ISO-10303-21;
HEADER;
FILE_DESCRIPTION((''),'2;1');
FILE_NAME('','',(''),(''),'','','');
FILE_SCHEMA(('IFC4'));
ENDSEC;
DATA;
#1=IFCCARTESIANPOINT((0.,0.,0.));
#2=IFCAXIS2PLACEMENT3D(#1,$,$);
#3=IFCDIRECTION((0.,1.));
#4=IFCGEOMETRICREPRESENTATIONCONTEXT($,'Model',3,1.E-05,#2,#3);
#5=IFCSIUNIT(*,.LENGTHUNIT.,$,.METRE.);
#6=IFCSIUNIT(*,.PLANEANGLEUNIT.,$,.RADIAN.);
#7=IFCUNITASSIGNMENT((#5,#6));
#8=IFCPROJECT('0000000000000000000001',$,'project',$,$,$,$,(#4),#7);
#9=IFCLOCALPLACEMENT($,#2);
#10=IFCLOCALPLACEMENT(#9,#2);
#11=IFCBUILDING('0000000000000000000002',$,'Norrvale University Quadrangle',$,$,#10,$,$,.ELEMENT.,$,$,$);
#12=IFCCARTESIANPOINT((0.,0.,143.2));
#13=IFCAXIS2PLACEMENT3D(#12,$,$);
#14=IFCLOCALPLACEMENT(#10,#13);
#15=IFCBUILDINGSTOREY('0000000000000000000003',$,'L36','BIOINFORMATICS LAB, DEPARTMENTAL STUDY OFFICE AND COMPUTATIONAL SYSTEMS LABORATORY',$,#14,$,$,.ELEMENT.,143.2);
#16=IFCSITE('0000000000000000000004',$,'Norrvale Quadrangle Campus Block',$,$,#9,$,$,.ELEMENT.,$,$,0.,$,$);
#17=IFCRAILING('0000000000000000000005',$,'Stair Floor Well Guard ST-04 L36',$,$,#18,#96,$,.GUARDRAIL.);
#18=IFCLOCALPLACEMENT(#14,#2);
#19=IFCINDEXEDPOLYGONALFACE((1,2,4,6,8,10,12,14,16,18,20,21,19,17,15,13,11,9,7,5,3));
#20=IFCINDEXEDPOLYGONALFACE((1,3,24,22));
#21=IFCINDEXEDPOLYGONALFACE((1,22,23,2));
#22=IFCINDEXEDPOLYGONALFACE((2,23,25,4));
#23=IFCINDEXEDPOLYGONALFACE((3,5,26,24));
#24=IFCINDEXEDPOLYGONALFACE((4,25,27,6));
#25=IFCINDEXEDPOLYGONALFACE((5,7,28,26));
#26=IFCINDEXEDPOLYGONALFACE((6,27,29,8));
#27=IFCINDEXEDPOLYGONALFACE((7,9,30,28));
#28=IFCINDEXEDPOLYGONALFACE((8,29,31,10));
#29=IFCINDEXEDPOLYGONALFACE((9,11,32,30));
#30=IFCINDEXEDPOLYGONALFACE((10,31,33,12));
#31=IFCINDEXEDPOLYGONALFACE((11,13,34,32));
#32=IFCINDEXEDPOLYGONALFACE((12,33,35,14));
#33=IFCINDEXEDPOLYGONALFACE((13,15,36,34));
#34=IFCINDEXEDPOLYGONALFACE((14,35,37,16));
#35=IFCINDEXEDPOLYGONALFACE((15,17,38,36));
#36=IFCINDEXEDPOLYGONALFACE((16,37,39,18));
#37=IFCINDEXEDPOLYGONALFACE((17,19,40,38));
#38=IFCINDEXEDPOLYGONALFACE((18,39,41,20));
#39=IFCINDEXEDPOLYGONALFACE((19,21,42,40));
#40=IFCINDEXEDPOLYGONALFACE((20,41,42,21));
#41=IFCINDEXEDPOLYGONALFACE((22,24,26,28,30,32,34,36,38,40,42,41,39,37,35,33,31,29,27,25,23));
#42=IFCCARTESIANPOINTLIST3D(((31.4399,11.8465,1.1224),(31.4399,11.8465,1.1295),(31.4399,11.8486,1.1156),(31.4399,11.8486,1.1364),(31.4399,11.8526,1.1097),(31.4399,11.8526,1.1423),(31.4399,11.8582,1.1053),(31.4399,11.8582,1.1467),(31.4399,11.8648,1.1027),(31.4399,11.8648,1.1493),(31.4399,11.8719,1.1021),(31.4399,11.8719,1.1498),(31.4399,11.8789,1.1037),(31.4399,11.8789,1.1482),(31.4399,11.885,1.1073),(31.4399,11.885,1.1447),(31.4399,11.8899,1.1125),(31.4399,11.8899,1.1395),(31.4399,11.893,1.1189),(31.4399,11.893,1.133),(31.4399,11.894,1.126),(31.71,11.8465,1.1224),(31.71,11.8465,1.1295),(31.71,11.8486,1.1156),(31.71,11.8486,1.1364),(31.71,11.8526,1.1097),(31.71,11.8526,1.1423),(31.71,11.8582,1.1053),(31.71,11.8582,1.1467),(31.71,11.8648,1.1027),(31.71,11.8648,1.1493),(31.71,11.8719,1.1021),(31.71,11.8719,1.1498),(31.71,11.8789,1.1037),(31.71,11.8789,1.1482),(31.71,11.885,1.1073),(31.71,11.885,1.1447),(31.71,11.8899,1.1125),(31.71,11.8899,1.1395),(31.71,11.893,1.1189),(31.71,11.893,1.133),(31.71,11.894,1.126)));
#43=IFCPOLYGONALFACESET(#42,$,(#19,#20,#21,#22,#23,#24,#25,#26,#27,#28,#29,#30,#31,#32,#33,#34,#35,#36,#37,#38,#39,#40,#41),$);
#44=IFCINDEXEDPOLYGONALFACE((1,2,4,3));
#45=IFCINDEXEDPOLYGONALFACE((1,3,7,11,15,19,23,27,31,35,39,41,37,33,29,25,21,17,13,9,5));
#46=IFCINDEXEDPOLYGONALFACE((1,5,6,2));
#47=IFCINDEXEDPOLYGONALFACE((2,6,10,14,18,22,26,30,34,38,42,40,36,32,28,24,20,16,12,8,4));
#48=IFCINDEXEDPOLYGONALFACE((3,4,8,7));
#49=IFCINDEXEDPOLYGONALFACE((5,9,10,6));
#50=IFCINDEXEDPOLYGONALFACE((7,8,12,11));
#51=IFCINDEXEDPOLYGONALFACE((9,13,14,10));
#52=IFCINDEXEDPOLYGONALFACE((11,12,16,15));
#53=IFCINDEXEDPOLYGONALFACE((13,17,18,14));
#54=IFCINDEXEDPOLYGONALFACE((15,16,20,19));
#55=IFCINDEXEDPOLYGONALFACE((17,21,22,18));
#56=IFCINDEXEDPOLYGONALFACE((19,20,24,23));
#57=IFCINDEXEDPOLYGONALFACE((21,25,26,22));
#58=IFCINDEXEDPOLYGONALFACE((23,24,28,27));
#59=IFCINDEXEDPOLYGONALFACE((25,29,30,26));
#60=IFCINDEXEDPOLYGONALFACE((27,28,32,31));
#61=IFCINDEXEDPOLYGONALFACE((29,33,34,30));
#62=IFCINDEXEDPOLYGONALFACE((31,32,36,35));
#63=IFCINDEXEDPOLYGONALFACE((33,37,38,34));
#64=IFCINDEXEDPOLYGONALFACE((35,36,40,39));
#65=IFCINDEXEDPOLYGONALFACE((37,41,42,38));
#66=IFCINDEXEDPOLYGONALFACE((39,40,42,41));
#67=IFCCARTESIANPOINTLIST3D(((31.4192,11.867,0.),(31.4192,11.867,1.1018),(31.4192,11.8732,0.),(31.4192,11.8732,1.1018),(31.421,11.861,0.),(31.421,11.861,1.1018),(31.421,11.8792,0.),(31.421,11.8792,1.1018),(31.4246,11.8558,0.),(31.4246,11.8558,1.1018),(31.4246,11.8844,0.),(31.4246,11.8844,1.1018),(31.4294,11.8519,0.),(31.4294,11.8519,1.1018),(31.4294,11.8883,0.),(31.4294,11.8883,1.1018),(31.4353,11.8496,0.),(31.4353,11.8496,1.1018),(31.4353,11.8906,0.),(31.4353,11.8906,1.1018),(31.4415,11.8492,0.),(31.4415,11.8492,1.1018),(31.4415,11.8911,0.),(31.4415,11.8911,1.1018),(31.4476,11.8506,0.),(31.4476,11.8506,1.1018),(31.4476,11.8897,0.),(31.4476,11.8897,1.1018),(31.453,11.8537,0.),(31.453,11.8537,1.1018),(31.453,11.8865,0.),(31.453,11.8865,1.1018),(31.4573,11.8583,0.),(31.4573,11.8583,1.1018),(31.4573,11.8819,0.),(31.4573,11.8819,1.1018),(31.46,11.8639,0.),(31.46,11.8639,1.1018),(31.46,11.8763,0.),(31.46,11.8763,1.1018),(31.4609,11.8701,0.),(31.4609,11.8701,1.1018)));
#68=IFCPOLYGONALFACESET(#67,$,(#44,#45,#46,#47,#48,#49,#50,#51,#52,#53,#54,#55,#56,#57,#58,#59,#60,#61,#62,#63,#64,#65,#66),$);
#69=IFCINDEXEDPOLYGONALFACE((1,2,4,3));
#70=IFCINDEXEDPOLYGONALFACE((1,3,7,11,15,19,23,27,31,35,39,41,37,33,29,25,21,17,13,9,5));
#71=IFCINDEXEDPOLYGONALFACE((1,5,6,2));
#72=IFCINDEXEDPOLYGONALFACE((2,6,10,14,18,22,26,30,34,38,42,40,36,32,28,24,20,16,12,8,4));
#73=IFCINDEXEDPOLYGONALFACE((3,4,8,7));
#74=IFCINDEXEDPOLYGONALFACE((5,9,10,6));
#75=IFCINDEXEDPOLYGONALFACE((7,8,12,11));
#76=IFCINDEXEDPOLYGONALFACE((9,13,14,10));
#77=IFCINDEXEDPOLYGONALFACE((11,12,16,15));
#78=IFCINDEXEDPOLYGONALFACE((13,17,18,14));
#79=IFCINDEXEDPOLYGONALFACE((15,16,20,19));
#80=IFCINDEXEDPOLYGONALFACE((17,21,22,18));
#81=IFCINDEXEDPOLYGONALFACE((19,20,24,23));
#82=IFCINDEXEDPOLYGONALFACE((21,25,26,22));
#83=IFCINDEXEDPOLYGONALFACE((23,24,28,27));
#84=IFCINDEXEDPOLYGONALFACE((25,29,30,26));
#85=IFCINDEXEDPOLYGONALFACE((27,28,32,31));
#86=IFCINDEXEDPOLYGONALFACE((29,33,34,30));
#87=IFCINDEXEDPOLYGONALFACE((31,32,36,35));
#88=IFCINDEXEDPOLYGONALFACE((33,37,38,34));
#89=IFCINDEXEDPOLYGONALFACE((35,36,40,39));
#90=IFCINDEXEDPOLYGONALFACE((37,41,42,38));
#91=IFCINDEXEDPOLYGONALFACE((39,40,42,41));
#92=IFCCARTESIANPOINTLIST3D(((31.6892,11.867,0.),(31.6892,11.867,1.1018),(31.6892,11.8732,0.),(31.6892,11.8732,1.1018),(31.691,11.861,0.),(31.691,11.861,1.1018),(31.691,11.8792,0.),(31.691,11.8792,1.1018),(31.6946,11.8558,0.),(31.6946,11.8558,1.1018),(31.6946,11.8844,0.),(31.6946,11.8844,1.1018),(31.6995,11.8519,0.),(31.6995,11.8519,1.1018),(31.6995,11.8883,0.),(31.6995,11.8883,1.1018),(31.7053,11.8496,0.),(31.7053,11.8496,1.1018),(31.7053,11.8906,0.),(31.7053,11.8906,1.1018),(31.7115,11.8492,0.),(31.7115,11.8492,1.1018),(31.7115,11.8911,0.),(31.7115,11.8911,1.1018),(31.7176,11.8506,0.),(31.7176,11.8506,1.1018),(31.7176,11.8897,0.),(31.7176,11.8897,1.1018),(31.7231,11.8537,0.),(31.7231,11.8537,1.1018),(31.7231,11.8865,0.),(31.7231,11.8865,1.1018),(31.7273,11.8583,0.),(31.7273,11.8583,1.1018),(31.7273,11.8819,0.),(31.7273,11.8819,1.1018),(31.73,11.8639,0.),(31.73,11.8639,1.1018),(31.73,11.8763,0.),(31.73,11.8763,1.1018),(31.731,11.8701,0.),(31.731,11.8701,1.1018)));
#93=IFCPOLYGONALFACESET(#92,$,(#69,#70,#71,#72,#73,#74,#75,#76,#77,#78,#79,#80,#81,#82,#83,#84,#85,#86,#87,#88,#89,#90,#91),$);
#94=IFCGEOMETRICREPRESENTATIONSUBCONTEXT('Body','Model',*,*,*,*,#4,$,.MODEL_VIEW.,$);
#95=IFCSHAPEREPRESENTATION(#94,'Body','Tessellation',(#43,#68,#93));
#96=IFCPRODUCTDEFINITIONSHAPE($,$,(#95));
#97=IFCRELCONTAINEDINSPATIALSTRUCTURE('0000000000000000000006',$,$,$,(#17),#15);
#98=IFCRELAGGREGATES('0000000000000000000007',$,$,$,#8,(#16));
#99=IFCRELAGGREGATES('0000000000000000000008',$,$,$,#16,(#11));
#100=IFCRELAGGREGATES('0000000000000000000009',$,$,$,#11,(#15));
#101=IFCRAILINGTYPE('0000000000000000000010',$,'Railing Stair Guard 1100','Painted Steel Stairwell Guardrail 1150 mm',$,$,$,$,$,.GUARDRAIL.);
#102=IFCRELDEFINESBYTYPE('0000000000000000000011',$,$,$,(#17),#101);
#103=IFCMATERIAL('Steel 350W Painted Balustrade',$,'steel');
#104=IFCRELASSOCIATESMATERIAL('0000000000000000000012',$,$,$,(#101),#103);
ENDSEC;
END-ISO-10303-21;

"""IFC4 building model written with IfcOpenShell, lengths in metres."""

from ifc_helpers import new_model, si_unit, direction, frame, origin, origin_2d, place, context, subcontext, project, spatial, circle, extrude, material, type_object, element, save


model = new_model("IFC4")

# Units and contexts
model_context = context("Model", 3, precision=1e-05, world=origin(), true_north=direction((0.0, 1.0)))
body_context = subcontext(model_context, "Body", "Model", "MODEL_VIEW")
ifc_project = project(units=[si_unit("LENGTHUNIT", "METRE"), si_unit("PLANEANGLEUNIT", "RADIAN")], contexts=[model_context])

# Site, building, storey
site_placement = place(None, origin())
site = spatial("IfcSite", under=ifc_project, at=site_placement, Name="Norrvale Quadrangle Campus Block", CompositionType="ELEMENT", RefElevation=0.0)
building_placement = place(site_placement, origin())
building = spatial("IfcBuilding", under=site, at=building_placement, Name="Norrvale University Quadrangle", CompositionType="ELEMENT")
storey_placement = place(building_placement, frame((0.0, 0.0, 143.2)))
storey = spatial("IfcBuildingStorey", under=building, at=storey_placement, Name="L36", Description="BIOINFORMATICS LAB, DEPARTMENTAL STUDY OFFICE AND COMPUTATIONAL SYSTEMS LABORATORY", CompositionType="ELEMENT", Elevation=143.2)

# Railing
ifc_material_1 = material(Name="Steel 350W Painted Balustrade", Category="steel")
railing_type_1 = type_object("IfcRailingType", Name="Railing Stair Guard 1100", Description="Painted Steel Stairwell Guardrail 1150 mm", PredefinedType="GUARDRAIL", material=ifc_material_1)
railing_1_placement = place(storey_placement, frame((31.4399, 11.8701, 0.0)))
element("IfcRailing", 1, at=railing_1_placement, inside=storey, type_object=railing_type_1, Name="Stair Floor Well Guard ST-04 L36", PredefinedType="GUARDRAIL", context=body_context, shape_type="SweptSolid", body=[
    extrude(circle(Radius=0.0239, at=origin_2d()), frame((0.0, 0.0, 1.126), z_axis=(1.0, 0.0, 0.0), x_axis=(0.0, 1.0, 0.0)), (0.0, 0.0, 1.0), 0.27),
    extrude(circle(Radius=0.021, at=origin_2d()), origin(), (0.0, 0.0, 1.0), 1.1018),
    extrude(circle(Radius=0.021, at=origin_2d()), frame((0.27, 0.0, 0.0)), (0.0, 0.0, 1.0), 1.1018),
])

save(model, "model.ifc")
